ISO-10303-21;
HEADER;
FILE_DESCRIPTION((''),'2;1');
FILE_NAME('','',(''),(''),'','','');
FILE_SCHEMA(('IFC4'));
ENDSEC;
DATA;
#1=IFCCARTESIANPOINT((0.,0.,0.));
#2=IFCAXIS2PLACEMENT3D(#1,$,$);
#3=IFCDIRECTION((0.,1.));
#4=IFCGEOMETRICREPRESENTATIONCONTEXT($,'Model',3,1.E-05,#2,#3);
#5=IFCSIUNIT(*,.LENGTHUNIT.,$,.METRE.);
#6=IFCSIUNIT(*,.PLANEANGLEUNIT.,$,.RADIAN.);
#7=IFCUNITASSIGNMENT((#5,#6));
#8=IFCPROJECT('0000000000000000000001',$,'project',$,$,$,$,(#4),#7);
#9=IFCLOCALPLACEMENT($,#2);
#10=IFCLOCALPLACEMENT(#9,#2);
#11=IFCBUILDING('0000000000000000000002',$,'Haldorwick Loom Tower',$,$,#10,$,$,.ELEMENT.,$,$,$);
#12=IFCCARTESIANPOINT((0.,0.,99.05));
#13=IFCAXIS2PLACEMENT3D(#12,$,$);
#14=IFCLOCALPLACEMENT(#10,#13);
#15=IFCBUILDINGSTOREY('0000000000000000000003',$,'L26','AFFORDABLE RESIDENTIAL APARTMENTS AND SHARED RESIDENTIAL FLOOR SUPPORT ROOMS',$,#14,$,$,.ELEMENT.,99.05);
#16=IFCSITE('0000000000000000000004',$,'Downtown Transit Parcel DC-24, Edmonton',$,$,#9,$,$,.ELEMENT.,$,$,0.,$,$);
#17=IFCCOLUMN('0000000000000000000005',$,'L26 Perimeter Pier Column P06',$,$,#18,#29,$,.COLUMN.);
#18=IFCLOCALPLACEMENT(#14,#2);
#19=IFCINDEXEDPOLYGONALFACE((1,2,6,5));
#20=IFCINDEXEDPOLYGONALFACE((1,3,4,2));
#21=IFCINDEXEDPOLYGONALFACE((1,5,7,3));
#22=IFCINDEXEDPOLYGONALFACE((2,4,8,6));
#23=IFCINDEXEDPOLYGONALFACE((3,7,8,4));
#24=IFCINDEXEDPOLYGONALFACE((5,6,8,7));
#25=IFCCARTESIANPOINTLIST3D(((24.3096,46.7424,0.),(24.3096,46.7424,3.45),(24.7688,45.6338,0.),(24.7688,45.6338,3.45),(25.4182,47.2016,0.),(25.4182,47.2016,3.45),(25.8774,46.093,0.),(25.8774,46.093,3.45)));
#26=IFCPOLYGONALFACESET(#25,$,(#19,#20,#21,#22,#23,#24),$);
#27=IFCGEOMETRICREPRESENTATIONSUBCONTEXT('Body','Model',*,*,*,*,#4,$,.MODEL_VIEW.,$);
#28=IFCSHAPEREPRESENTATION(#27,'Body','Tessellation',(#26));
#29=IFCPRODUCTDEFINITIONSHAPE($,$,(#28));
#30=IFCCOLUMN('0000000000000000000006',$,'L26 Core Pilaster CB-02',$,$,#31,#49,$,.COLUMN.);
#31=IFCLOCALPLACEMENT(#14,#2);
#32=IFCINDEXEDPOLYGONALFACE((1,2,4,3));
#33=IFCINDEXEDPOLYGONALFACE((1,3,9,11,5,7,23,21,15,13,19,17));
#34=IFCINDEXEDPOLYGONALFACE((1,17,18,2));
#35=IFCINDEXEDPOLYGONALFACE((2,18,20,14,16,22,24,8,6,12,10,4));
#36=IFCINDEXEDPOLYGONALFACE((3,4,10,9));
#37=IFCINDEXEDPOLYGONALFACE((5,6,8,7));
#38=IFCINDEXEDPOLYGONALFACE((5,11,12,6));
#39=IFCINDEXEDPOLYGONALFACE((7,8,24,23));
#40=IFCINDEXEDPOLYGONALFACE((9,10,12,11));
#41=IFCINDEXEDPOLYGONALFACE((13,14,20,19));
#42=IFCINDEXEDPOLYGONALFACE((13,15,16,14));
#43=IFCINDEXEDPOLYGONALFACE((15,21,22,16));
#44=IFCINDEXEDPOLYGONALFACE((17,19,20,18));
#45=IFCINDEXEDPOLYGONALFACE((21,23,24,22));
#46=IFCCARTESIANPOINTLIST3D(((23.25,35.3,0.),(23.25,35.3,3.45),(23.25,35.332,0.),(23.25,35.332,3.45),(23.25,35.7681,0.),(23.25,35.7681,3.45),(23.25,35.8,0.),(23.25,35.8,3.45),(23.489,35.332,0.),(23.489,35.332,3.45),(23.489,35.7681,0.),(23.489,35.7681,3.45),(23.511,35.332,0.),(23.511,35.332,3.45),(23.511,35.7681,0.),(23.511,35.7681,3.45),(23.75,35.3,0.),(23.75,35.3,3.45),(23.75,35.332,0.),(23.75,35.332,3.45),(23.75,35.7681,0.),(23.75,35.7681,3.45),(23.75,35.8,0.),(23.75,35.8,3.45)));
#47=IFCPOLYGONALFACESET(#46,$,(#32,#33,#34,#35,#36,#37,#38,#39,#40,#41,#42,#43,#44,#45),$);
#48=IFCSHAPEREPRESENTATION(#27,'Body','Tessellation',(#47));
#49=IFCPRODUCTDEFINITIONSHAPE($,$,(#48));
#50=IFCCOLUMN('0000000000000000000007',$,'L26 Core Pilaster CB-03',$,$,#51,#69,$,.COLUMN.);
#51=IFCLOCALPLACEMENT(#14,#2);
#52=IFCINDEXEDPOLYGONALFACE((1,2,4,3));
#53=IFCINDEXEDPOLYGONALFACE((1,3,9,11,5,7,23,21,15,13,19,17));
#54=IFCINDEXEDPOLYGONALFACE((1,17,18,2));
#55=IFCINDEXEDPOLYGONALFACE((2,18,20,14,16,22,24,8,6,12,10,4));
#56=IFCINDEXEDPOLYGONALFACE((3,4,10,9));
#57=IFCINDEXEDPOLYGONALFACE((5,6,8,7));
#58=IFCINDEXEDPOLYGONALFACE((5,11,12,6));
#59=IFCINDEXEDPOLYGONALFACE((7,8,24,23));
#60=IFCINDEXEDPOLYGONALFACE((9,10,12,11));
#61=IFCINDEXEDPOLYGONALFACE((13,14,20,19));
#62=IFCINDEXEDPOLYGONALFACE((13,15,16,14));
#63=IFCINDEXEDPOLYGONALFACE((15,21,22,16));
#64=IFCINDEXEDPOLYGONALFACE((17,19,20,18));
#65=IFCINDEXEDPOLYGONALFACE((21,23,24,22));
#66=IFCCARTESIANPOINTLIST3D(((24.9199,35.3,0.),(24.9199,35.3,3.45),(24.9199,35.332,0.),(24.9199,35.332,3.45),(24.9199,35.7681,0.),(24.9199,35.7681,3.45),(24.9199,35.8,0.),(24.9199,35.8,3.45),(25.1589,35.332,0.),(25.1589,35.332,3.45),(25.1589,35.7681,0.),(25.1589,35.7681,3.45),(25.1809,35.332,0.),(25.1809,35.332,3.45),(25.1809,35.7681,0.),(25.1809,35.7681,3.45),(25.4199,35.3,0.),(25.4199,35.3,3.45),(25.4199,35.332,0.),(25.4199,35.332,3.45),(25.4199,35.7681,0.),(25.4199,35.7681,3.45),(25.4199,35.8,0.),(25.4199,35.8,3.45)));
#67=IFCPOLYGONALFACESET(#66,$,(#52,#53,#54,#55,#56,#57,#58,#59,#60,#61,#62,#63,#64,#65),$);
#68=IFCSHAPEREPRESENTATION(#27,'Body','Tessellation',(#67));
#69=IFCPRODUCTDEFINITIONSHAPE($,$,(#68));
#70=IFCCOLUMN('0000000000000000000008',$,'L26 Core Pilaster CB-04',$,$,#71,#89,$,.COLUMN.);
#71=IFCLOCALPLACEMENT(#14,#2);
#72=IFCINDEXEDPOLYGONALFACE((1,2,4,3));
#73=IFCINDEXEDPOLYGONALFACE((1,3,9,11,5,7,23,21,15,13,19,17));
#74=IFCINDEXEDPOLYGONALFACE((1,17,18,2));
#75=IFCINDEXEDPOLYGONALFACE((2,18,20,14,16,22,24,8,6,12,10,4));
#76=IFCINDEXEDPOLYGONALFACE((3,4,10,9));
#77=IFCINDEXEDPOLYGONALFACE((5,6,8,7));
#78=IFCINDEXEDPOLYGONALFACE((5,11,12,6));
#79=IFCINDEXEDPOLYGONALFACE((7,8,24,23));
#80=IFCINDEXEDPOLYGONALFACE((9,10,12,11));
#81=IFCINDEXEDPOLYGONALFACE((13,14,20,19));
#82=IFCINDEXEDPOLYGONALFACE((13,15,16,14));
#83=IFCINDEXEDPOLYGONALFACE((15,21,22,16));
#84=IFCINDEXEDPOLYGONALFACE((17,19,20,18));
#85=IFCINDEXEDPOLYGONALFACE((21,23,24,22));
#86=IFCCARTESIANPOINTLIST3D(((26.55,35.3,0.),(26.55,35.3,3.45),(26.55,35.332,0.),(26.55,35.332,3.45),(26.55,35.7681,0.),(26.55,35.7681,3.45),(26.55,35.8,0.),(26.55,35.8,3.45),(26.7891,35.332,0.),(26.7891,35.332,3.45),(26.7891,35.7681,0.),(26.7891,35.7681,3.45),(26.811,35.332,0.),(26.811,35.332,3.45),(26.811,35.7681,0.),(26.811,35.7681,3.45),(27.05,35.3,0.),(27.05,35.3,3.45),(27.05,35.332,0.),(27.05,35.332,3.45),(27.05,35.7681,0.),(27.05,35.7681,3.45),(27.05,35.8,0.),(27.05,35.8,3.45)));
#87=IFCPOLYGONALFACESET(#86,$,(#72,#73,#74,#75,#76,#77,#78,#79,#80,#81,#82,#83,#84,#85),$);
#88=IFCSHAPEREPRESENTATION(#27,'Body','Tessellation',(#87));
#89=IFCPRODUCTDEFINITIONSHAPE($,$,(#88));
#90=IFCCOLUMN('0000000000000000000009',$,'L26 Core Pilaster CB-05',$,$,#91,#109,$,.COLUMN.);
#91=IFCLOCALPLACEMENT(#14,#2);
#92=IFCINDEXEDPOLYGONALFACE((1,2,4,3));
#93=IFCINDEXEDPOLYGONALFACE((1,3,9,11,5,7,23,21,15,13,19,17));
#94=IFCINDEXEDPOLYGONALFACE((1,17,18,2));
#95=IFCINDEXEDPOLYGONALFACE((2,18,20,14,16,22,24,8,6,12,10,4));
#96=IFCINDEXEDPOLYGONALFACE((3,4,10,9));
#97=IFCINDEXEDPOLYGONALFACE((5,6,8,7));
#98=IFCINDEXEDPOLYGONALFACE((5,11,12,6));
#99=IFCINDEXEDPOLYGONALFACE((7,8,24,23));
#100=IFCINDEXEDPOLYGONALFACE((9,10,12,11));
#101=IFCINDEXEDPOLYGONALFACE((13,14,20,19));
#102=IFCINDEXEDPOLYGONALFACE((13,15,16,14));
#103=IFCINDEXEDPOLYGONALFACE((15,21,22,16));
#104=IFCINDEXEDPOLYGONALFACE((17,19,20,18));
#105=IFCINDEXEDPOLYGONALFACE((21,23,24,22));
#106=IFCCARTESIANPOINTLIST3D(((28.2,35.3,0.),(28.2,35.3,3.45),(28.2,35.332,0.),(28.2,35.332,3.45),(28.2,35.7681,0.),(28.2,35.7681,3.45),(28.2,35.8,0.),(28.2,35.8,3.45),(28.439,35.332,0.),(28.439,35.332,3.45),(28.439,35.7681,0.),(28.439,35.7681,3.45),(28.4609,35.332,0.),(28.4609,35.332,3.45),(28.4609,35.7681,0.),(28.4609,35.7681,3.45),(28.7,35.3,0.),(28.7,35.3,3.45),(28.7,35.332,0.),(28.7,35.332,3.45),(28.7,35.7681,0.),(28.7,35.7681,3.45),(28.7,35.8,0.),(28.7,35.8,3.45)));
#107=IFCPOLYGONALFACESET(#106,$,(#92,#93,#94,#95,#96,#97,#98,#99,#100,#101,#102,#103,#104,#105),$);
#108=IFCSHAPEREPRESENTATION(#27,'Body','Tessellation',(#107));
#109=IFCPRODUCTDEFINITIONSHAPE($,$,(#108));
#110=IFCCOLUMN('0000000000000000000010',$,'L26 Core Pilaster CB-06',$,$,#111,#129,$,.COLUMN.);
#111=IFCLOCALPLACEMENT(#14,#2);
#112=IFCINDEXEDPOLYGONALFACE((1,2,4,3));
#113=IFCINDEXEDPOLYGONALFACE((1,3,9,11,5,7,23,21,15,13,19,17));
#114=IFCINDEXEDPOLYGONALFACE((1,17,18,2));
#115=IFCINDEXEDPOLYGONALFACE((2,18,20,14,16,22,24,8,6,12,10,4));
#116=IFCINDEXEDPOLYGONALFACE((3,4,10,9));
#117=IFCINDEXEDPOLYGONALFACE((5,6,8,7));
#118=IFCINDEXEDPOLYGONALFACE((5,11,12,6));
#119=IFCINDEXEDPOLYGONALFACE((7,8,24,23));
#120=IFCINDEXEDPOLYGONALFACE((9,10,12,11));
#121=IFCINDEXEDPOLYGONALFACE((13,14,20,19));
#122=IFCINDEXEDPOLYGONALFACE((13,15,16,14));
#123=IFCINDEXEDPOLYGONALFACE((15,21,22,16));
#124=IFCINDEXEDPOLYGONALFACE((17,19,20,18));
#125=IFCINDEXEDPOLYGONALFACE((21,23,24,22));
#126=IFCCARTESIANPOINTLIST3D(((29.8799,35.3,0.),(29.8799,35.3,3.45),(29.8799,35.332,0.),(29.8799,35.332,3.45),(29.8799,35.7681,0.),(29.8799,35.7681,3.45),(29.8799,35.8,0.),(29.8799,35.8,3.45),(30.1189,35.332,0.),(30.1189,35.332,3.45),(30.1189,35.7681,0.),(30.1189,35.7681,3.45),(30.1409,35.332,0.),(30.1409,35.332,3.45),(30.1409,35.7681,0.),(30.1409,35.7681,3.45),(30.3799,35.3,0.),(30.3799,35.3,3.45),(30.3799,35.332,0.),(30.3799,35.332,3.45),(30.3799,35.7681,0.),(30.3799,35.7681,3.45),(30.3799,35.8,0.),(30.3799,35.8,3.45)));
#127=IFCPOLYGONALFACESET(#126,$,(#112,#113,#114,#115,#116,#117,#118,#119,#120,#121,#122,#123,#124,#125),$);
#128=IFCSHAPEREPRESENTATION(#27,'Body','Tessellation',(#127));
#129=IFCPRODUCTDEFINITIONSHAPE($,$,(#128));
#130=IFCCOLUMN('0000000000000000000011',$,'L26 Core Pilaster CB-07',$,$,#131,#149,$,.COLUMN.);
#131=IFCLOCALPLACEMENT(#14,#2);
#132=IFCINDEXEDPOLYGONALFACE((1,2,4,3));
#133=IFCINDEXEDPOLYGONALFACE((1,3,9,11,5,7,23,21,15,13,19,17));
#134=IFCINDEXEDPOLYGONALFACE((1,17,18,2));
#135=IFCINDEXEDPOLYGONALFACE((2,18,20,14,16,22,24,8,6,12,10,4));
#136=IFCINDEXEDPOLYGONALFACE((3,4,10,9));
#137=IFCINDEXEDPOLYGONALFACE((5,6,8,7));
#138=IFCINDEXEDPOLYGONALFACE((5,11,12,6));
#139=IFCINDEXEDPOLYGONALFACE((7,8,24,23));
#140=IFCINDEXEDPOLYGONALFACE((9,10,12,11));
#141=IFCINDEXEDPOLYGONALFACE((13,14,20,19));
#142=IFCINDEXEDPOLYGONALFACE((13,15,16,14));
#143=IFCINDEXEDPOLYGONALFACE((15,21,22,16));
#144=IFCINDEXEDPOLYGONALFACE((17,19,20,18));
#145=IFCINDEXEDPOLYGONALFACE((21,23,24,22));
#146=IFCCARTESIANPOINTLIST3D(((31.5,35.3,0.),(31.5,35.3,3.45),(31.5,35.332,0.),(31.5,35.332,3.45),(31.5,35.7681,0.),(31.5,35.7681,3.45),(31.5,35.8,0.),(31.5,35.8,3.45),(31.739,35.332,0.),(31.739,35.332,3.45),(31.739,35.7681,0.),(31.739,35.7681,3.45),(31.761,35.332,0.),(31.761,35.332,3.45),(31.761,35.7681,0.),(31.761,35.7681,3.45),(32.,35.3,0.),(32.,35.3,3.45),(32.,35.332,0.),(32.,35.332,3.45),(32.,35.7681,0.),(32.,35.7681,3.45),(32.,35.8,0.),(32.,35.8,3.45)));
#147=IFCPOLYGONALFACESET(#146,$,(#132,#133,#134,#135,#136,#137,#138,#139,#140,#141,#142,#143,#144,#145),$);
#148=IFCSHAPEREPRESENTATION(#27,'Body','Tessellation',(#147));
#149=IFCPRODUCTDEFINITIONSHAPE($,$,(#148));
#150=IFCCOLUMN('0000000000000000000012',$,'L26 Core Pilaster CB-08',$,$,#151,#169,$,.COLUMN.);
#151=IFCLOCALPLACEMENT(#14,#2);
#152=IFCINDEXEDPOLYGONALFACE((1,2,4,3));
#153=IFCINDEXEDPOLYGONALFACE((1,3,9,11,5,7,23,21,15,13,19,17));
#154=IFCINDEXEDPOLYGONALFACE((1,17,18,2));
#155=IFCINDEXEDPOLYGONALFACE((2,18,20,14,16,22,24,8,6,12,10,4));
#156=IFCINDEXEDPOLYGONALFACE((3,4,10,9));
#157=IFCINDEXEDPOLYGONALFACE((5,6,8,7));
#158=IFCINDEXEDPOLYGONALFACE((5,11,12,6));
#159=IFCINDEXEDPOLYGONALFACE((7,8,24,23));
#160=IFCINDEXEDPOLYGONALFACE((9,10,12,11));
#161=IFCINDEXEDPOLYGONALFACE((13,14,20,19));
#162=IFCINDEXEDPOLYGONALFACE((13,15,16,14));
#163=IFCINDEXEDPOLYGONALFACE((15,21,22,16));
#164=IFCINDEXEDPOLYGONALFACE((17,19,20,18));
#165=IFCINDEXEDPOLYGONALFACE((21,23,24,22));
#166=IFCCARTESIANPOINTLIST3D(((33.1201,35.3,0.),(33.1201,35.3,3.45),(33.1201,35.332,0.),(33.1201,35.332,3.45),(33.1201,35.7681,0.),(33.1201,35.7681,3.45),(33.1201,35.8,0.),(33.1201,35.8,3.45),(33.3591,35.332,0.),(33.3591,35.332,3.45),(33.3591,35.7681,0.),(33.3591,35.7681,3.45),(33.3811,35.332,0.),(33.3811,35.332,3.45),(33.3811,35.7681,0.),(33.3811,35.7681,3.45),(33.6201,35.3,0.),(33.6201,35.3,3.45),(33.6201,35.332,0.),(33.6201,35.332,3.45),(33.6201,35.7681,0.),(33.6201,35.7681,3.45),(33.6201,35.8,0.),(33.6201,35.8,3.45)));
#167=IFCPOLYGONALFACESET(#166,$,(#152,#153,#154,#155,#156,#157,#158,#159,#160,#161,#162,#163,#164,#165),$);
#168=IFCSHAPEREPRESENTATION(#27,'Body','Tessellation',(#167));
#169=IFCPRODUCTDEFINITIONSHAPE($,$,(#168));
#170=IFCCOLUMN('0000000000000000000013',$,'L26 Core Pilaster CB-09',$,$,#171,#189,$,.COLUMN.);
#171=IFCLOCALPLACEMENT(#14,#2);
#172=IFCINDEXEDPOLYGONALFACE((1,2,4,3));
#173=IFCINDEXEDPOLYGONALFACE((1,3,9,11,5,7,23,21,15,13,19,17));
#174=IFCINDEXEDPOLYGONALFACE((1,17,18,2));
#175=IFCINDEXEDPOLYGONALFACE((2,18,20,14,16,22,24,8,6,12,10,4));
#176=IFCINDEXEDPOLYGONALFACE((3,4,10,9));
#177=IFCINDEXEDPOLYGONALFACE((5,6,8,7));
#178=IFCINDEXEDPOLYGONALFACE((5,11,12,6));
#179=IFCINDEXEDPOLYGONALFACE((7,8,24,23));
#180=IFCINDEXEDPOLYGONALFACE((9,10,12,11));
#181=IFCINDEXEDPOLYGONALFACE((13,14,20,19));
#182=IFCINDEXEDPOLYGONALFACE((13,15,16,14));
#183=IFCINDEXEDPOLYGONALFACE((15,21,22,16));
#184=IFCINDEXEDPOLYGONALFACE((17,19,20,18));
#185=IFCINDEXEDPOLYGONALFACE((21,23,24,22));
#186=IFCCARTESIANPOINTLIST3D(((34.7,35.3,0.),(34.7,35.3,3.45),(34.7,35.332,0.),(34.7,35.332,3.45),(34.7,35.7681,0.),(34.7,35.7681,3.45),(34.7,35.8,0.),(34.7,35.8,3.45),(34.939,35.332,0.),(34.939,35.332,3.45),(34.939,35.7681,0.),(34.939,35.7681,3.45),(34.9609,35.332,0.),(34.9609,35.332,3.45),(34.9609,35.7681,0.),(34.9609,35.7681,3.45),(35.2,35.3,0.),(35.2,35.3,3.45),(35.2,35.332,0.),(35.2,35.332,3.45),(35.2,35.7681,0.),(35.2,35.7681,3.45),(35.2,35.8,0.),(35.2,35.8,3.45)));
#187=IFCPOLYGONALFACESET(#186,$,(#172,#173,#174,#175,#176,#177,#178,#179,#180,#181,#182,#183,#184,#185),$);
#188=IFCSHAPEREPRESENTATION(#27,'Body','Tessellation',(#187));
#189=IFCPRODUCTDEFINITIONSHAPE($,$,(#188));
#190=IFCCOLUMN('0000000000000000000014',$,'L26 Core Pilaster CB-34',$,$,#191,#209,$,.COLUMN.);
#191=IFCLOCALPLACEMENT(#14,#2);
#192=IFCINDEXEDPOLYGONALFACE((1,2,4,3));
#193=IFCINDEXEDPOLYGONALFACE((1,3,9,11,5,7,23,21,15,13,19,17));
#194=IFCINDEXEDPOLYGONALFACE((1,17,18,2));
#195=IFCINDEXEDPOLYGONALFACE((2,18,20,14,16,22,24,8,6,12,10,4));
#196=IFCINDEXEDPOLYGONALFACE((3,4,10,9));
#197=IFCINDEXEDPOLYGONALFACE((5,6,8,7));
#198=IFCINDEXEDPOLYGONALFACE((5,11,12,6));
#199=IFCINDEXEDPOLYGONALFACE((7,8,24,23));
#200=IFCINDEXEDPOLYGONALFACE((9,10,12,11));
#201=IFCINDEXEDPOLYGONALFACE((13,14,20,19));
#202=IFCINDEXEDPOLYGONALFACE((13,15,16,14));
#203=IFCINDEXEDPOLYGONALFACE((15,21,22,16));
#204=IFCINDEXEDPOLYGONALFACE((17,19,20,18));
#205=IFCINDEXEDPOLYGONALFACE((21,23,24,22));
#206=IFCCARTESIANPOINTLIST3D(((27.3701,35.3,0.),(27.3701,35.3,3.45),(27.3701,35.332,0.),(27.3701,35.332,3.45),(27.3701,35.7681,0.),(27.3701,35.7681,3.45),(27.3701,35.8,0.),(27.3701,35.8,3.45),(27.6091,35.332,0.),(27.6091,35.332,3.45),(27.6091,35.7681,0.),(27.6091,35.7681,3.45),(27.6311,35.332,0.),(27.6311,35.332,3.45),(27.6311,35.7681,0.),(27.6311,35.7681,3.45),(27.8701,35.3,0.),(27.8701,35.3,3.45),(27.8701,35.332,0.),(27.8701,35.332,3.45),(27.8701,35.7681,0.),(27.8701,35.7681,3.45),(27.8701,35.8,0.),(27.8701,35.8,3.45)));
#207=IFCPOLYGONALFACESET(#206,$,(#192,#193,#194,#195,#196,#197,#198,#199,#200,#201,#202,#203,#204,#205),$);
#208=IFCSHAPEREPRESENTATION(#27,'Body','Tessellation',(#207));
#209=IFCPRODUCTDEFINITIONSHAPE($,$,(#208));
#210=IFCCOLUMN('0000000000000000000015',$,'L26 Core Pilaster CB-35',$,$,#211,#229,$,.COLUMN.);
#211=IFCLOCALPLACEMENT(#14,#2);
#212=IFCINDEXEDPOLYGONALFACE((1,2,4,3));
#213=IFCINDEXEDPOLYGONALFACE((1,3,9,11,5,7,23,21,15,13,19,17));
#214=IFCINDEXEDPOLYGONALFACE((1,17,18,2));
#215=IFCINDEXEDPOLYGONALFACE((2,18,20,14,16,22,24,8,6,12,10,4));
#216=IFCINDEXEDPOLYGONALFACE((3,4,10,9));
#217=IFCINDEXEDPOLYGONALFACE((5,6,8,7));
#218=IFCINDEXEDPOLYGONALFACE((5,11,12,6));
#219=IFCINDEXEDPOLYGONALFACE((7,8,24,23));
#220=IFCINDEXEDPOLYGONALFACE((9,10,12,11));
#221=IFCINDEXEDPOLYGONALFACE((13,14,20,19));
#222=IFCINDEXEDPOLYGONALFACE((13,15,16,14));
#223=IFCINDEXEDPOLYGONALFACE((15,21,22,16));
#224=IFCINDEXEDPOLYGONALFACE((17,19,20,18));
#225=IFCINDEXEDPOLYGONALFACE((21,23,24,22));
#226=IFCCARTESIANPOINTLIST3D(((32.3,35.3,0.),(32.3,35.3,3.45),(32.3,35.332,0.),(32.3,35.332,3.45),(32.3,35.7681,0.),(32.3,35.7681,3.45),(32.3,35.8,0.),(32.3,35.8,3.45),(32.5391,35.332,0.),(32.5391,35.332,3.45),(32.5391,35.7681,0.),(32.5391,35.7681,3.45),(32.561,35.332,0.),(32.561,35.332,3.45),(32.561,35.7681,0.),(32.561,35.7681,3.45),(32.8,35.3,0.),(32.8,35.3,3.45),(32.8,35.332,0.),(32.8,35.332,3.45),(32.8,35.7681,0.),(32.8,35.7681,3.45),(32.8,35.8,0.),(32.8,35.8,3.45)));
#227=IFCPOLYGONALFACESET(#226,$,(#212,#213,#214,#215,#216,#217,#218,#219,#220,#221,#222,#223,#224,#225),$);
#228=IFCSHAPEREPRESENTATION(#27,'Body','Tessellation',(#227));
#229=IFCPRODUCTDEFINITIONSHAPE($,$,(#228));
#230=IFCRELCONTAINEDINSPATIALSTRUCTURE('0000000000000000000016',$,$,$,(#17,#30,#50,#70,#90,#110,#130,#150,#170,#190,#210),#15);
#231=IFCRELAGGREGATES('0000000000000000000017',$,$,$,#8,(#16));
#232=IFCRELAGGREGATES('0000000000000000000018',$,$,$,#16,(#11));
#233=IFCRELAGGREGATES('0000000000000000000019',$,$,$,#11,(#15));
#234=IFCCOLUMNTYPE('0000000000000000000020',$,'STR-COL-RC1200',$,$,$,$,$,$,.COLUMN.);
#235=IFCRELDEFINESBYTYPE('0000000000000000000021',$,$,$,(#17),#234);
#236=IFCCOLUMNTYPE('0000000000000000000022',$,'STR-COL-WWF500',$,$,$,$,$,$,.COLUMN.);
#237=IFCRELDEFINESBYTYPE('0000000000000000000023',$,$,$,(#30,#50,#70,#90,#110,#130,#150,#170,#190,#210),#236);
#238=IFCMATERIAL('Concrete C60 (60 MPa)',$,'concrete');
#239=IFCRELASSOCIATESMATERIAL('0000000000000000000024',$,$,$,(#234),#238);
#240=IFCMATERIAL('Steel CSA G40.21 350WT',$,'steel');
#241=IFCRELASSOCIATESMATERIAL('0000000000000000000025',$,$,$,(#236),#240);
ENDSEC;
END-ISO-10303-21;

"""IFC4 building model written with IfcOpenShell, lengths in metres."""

from ifc_helpers import new_model, si_unit, direction, frame, origin, origin_2d, place, context, subcontext, project, spatial, rectangle, i_section, extrude, material, material_profile, profile_set, type_object, element, save


model = new_model("IFC4")

# Units and contexts
model_context = context("Model", 3, precision=1e-05, world=origin(), true_north=direction((0.0, 1.0)))
body_context = subcontext(model_context, "Body", "Model", "MODEL_VIEW")
ifc_project = project(units=[si_unit("LENGTHUNIT", "METRE"), si_unit("PLANEANGLEUNIT", "RADIAN")], contexts=[model_context])

# Site, building, storey
site_placement = place(None, origin())
site = spatial("IfcSite", under=ifc_project, at=site_placement, Name="Downtown Transit Parcel DC-24, Edmonton", CompositionType="ELEMENT", RefElevation=0.0)
building_placement = place(site_placement, origin())
building = spatial("IfcBuilding", under=site, at=building_placement, Name="Haldorwick Loom Tower", CompositionType="ELEMENT")
storey_placement = place(building_placement, frame((0.0, 0.0, 99.05)))
storey = spatial("IfcBuildingStorey", under=building, at=storey_placement, Name="L26", Description="AFFORDABLE RESIDENTIAL APARTMENTS AND SHARED RESIDENTIAL FLOOR SUPPORT ROOMS", CompositionType="ELEMENT", Elevation=99.05)

# Columns
ifc_material_1 = material(Name="Concrete C60 (60 MPa)", Category="concrete")
ifc_material_profile_1 = material_profile(ifc_material_1, rectangle(XDim=1.2, YDim=1.2, at=origin_2d()), Name="RC1200X1200", Category="concrete")
ifc_profile_set_1 = profile_set([ifc_material_profile_1], Name="Concrete C60 (60 MPa)")
column_type_1 = type_object("IfcColumnType", Name="STR-COL-RC1200", PredefinedType="COLUMN", material=ifc_profile_set_1)
column_placement = place(storey_placement, frame((25.0935, 46.4177, 0.0), z_axis=(0.0, 0.0, 1.0), x_axis=(-0.382683, 0.92388, 0.0)))
element("IfcColumn", 1, at=column_placement, inside=storey, type_object=column_type_1, Name="L26 Perimeter Pier Column P06", PredefinedType="COLUMN", context=body_context, shape_type="SweptSolid", body=[
    extrude(rectangle(XDim=1.2, YDim=1.2, at=origin_2d()), origin(), (0.0, 0.0, 1.0), 3.45),
])
ifc_material_2 = material(Name="Steel CSA G40.21 350WT", Category="steel")
ifc_material_profile_2 = material_profile(ifc_material_2, i_section(OverallWidth=0.5, OverallDepth=0.5, WebThickness=0.022, FlangeThickness=0.032, at=origin_2d()), Name="WWF500X500", Category="steel")
ifc_profile_set_2 = profile_set([ifc_material_profile_2], Name="Steel CSA G40.21 350WT")
column_type_2 = type_object("IfcColumnType", Name="STR-COL-WWF500", PredefinedType="COLUMN", material=ifc_profile_set_2)
for number, where, z_axis, x_axis, name in (
    (2, (23.5, 35.55, 0.0), (0.0, 0.0, 1.0), (1.0, 0.0, 0.0), "L26 Core Pilaster CB-02"),
    (3, (25.1699, 35.55, 0.0), (0.0, 0.0, 1.0), (1.0, 0.0, 0.0), "L26 Core Pilaster CB-03"),
    (4, (26.8, 35.55, 0.0), (0.0, 0.0, 1.0), (1.0, 0.0, 0.0), "L26 Core Pilaster CB-04"),
    (5, (28.45, 35.55, 0.0), (0.0, 0.0, 1.0), (1.0, 0.0, 0.0), "L26 Core Pilaster CB-05"),
    (6, (30.1299, 35.55, 0.0), (0.0, 0.0, 1.0), (1.0, 0.0, 0.0), "L26 Core Pilaster CB-06"),
    (7, (31.75, 35.55, 0.0), (0.0, 0.0, 1.0), (1.0, 0.0, 0.0), "L26 Core Pilaster CB-07"),
    (8, (33.3701, 35.55, 0.0), (0.0, 0.0, 1.0), (1.0, 0.0, 0.0), "L26 Core Pilaster CB-08"),
    (9, (34.95, 35.55, 0.0), (0.0, 0.0, 1.0), (1.0, 0.0, 0.0), "L26 Core Pilaster CB-09"),
    (10, (27.6201, 35.55, 0.0), (0.0, 0.0, 1.0), (1.0, 0.0, 0.0), "L26 Core Pilaster CB-34"),
    (11, (32.55, 35.55, 0.0), (0.0, 0.0, 1.0), (1.0, 0.0, 0.0), "L26 Core Pilaster CB-35"),
):
    element("IfcColumn", number, at=place(storey_placement, frame(where, z_axis=z_axis, x_axis=x_axis)), inside=storey, type_object=column_type_2, Name=name, PredefinedType="COLUMN", context=body_context, shape_type="SweptSolid", body=[
        extrude(i_section(OverallWidth=0.5, OverallDepth=0.5, WebThickness=0.022, FlangeThickness=0.032, at=origin_2d()), origin(), (0.0, 0.0, 1.0), 3.45),
    ])

save(model, "model.ifc")
